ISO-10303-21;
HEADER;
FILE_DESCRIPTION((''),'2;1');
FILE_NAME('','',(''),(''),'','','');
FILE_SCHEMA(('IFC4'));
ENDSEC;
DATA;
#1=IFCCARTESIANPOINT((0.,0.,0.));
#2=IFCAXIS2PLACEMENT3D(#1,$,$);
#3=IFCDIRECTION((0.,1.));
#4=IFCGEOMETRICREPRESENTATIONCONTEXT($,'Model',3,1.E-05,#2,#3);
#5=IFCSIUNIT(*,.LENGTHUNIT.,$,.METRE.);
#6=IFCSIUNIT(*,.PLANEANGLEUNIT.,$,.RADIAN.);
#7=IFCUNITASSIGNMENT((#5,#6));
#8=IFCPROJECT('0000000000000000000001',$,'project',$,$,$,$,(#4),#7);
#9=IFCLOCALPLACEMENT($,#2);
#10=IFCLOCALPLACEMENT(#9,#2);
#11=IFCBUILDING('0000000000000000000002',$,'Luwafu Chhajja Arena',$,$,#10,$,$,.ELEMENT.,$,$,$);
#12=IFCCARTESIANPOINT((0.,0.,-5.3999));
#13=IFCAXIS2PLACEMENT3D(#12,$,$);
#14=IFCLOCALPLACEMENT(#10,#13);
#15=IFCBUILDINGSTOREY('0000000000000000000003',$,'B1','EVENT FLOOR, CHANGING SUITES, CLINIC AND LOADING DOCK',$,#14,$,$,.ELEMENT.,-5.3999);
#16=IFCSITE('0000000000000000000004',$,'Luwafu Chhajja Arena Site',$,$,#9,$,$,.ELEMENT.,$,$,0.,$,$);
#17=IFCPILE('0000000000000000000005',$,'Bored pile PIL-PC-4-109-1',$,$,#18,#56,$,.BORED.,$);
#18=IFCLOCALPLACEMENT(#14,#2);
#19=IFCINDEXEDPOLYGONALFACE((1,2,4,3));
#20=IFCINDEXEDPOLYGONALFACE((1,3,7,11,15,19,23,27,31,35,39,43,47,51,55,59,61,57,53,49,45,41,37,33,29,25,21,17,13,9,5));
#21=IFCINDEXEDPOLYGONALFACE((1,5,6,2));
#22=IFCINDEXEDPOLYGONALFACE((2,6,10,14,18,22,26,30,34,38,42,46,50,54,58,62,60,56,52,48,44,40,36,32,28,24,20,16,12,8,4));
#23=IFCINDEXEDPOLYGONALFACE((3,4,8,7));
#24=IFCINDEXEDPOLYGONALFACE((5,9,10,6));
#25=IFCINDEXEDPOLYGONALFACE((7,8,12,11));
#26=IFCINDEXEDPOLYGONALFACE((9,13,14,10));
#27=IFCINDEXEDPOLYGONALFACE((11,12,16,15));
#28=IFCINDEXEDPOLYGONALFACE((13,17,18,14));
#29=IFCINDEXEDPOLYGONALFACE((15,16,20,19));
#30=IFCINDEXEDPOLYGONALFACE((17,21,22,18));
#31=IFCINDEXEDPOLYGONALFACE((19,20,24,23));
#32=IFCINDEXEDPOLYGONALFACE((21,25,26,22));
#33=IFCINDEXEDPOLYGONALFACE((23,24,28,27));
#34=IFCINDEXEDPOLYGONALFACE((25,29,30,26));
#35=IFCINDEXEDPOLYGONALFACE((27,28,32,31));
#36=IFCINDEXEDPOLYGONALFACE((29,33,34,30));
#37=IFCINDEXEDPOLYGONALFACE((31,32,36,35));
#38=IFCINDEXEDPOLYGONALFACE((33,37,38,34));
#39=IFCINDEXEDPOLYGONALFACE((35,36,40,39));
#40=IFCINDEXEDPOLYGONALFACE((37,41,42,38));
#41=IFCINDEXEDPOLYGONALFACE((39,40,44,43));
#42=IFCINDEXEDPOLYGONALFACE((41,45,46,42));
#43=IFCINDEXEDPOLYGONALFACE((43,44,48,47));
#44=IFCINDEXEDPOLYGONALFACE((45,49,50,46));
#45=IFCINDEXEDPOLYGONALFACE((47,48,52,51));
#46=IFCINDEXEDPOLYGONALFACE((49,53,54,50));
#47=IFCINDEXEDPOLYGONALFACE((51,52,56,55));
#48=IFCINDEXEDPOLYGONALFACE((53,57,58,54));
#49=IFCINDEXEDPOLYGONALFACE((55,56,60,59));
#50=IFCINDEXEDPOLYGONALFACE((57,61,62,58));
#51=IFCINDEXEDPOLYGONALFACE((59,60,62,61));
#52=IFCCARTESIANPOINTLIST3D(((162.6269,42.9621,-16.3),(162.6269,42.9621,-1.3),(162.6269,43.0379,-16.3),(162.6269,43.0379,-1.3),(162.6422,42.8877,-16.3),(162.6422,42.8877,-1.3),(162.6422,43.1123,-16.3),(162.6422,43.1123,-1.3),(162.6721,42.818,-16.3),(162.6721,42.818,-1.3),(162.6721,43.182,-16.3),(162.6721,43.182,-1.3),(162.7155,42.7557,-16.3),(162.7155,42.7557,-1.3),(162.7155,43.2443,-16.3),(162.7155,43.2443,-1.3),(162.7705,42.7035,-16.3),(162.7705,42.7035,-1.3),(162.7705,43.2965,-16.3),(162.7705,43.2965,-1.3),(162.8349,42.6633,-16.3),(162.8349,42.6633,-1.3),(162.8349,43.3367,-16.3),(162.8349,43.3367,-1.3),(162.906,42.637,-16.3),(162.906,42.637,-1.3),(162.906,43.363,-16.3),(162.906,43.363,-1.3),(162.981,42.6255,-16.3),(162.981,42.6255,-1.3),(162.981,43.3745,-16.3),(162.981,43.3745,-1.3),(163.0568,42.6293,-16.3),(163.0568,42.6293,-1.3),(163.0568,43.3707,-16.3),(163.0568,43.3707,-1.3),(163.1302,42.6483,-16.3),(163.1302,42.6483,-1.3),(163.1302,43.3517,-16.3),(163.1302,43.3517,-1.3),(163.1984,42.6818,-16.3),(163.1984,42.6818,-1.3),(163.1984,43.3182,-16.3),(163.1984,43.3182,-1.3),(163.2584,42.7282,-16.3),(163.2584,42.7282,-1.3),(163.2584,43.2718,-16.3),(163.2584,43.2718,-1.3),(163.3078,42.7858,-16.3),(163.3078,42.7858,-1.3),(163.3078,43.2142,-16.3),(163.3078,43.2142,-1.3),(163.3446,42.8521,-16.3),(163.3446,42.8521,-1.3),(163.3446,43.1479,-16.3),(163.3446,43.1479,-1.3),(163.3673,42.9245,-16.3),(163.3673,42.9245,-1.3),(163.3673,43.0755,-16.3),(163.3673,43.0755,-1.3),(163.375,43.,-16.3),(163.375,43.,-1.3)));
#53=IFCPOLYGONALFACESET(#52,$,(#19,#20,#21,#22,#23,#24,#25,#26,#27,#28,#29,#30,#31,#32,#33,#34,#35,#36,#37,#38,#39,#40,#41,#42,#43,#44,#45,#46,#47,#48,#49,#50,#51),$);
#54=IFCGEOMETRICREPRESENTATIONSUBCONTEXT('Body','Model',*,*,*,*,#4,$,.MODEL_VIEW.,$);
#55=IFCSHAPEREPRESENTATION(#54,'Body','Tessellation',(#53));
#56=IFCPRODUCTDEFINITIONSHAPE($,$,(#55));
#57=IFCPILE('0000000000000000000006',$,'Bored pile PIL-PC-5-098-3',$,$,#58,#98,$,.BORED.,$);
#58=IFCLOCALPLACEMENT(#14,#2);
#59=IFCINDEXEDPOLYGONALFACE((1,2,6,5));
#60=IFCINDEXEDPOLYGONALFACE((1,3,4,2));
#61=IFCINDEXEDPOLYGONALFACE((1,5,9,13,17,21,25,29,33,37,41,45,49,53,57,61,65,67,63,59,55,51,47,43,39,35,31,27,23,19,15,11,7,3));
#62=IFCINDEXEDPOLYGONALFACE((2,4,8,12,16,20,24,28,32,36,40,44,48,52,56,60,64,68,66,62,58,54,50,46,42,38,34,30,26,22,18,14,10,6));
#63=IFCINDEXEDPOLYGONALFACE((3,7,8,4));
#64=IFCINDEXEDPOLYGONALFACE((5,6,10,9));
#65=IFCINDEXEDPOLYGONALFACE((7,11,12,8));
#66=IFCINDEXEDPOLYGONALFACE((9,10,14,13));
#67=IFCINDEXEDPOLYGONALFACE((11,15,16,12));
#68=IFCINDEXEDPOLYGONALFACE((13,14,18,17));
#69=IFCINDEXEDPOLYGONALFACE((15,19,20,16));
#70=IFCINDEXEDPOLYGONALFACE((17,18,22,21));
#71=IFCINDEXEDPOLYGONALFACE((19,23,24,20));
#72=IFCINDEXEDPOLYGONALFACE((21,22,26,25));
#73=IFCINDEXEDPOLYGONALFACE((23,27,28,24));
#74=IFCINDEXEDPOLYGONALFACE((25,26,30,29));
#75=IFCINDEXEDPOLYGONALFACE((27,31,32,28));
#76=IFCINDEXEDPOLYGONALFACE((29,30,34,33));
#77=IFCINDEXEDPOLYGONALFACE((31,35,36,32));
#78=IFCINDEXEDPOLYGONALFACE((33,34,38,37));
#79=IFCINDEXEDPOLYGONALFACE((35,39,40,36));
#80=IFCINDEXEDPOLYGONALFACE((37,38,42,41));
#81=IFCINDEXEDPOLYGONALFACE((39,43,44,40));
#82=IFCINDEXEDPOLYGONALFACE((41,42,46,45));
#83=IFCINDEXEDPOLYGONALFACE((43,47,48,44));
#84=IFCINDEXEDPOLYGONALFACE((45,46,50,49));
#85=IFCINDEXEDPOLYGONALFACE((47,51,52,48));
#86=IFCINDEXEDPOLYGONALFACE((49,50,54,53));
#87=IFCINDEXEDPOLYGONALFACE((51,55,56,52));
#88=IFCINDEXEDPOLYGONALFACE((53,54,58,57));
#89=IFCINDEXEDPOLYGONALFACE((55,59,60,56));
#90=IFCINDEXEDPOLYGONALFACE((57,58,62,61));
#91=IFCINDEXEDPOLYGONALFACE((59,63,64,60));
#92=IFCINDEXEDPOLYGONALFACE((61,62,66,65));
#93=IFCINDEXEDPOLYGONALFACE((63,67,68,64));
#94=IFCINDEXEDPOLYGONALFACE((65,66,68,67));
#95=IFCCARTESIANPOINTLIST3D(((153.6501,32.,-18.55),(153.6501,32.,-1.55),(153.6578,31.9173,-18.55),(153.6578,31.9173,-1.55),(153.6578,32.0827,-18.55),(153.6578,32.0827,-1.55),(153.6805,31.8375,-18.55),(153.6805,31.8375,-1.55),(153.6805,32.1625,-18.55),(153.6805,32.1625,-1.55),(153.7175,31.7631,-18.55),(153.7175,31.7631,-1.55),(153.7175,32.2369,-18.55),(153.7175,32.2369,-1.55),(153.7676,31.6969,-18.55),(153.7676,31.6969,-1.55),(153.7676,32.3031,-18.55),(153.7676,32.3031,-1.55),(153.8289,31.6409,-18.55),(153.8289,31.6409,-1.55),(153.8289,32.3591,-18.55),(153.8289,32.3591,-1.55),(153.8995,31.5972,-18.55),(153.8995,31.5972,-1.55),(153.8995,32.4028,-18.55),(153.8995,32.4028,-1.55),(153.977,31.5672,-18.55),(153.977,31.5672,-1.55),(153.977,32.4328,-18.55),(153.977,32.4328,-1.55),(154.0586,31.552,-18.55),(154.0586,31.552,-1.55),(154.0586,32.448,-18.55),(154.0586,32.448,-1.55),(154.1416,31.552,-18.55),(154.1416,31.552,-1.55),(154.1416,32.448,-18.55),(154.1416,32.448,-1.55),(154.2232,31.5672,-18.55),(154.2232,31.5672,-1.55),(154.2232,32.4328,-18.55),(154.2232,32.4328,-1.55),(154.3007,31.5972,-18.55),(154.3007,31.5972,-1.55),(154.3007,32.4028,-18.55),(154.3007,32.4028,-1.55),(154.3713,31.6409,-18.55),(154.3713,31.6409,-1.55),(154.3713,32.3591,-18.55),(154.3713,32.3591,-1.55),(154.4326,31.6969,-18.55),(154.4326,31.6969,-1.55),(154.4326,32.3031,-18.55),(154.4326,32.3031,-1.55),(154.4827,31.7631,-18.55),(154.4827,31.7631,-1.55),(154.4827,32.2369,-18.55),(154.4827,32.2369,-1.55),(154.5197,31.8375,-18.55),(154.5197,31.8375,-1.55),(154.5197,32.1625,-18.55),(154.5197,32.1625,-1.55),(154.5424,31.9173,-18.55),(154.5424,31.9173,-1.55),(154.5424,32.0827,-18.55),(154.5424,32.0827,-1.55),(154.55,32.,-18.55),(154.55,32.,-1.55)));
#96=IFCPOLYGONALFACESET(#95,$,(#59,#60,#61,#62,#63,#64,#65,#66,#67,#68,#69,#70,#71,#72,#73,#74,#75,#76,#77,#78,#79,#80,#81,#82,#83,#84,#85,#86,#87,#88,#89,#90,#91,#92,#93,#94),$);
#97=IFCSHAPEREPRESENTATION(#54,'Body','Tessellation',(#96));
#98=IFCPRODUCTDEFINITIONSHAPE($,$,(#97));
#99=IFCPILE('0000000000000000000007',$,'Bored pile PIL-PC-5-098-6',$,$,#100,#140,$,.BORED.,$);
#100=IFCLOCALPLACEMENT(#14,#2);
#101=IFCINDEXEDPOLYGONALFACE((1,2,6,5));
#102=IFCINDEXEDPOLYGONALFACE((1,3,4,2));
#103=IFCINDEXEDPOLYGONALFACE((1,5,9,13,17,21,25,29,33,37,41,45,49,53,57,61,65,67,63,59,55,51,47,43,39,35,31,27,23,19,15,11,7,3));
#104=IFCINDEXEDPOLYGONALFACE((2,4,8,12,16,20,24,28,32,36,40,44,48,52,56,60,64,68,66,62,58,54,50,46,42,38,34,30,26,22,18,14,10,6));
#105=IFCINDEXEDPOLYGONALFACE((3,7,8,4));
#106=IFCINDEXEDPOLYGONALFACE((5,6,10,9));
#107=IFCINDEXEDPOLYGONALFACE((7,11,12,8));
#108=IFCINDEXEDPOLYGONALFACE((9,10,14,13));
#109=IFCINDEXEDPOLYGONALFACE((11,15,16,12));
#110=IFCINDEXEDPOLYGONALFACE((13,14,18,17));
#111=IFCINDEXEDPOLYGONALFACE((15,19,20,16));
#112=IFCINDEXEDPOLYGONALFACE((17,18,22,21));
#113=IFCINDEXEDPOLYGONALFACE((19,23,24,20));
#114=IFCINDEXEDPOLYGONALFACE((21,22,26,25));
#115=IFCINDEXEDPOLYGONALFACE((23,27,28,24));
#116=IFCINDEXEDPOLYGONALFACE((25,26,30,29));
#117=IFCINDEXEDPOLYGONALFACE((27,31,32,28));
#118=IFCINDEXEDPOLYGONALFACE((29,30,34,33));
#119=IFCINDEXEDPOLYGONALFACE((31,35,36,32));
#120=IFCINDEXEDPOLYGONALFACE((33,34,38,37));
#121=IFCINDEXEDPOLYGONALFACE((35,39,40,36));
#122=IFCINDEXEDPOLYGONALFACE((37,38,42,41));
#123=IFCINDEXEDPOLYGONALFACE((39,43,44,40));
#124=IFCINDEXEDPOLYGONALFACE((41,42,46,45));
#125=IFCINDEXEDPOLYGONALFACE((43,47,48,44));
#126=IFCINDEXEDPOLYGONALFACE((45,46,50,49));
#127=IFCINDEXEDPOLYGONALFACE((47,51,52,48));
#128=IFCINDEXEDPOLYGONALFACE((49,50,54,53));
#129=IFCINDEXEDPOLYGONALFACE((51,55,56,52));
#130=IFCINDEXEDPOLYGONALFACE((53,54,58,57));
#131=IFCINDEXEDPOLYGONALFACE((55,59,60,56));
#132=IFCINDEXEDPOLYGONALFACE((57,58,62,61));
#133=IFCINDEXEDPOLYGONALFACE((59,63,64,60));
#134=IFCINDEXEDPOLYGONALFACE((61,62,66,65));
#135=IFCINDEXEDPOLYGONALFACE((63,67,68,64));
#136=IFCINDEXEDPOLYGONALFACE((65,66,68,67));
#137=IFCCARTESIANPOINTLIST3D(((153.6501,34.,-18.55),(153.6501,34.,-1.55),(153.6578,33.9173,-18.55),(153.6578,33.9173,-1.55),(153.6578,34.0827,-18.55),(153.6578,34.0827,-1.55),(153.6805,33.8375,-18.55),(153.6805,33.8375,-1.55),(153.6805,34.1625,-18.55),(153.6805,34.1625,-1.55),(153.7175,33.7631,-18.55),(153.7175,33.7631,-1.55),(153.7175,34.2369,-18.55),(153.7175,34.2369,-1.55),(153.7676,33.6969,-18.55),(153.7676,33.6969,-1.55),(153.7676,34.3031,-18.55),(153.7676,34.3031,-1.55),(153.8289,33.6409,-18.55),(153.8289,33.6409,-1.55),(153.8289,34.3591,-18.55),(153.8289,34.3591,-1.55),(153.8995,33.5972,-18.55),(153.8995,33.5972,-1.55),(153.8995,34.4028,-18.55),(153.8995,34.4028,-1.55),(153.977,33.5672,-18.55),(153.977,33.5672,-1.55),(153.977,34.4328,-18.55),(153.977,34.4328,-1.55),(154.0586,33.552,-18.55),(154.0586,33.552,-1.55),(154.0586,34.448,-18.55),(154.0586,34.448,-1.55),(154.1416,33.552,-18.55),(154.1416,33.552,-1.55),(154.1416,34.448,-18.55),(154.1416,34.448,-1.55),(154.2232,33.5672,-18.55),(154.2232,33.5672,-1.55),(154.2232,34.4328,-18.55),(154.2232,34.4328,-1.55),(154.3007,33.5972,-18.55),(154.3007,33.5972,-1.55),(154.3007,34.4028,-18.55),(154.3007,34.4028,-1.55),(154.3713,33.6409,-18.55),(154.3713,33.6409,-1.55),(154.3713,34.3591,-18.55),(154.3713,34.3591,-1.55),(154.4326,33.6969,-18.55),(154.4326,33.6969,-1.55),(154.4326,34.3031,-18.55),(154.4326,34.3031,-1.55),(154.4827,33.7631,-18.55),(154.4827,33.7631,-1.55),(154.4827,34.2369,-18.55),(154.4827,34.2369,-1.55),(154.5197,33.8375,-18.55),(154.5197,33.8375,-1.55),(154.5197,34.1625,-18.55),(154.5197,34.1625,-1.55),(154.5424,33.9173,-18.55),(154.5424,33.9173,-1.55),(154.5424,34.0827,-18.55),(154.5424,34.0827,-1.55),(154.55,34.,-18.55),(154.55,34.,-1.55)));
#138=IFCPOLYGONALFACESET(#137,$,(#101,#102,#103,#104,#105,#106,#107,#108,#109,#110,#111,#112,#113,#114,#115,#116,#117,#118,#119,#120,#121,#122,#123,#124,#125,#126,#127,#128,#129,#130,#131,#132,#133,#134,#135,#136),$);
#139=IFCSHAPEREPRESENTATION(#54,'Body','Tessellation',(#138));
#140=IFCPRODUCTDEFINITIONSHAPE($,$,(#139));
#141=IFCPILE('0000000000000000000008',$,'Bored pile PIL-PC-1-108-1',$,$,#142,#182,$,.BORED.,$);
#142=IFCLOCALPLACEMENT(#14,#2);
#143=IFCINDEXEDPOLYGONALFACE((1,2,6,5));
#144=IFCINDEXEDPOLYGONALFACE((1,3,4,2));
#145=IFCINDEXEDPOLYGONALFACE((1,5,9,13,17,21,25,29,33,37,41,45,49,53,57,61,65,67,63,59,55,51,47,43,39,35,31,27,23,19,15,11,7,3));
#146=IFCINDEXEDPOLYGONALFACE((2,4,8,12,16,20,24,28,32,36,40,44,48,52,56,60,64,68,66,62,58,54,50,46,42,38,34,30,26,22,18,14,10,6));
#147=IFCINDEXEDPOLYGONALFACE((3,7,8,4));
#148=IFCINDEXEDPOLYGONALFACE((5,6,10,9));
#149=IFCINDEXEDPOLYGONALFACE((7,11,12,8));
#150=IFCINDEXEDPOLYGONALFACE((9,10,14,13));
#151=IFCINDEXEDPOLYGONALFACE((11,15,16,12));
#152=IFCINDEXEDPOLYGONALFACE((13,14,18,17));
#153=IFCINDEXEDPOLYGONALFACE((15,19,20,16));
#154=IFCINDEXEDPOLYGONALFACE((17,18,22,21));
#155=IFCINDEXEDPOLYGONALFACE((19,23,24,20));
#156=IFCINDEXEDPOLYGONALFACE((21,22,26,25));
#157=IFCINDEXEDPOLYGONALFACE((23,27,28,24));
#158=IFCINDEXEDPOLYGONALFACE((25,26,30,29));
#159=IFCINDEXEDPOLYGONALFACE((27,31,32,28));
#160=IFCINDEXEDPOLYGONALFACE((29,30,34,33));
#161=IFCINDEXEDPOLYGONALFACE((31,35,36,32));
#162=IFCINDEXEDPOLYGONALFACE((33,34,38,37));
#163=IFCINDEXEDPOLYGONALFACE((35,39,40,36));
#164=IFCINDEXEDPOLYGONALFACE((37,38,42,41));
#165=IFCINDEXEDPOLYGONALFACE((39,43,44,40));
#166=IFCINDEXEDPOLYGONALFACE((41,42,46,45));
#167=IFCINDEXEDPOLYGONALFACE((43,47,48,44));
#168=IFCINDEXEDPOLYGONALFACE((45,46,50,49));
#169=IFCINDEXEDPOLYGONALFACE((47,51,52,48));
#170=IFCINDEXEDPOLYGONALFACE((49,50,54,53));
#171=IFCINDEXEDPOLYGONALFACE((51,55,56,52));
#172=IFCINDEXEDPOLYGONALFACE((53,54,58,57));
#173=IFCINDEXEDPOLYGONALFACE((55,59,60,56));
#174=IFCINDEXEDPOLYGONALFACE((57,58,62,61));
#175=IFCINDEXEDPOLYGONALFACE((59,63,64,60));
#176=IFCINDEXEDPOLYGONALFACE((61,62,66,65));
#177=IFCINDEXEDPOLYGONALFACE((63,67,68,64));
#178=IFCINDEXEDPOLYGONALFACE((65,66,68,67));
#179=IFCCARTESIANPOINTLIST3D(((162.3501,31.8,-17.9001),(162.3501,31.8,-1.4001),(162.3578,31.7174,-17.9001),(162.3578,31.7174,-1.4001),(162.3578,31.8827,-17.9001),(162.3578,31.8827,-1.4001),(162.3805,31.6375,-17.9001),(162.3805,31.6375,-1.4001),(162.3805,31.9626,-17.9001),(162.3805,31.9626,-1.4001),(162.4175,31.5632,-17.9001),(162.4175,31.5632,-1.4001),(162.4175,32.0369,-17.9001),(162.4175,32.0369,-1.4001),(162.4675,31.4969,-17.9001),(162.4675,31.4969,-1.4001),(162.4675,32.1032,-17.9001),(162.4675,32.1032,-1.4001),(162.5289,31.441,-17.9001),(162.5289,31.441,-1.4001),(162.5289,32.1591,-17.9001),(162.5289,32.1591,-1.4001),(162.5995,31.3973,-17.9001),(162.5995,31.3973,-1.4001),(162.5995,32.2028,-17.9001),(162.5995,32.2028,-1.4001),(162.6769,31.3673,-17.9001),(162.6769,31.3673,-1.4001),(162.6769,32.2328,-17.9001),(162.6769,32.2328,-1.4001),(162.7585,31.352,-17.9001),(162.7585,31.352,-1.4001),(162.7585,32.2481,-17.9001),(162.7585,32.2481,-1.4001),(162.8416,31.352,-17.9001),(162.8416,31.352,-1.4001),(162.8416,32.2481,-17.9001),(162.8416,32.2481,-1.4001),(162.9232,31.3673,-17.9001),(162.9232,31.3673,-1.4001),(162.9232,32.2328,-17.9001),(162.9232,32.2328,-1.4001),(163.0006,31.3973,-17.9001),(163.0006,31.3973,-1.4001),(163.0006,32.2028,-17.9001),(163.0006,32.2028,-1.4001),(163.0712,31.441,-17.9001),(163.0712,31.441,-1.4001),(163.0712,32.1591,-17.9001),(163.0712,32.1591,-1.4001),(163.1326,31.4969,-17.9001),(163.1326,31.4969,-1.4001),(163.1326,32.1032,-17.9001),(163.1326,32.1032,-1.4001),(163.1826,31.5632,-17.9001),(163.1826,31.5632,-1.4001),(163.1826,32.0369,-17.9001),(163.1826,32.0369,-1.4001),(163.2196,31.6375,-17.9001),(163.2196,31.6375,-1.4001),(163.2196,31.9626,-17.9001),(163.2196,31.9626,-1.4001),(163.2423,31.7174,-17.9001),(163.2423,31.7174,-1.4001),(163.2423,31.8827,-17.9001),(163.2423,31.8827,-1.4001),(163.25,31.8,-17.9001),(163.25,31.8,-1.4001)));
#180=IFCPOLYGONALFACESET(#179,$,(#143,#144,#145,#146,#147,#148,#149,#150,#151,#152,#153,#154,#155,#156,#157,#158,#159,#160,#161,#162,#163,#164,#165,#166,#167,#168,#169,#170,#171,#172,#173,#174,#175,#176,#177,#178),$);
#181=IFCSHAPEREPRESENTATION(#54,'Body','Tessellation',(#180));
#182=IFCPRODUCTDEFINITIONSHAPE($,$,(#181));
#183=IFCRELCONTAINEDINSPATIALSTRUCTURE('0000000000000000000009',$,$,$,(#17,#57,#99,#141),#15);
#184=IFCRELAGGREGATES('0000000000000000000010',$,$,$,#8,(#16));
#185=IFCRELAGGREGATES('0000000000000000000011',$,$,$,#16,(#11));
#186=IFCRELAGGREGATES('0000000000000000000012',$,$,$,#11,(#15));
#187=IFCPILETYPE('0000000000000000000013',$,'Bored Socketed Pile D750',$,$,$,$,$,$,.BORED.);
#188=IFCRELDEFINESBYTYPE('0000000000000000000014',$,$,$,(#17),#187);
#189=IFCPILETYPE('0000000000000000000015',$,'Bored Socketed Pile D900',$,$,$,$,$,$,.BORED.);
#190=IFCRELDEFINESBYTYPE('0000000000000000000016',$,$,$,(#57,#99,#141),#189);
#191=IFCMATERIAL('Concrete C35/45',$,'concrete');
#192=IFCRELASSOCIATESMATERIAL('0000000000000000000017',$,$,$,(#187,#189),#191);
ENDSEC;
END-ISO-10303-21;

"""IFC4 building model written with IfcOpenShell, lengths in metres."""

from ifc_helpers import new_model, si_unit, direction, frame, origin, origin_2d, place, context, subcontext, project, spatial, circle, extrude, material, material_profile, profile_set, type_object, element, save


model = new_model("IFC4")

# Units and contexts
model_context = context("Model", 3, precision=1e-05, world=origin(), true_north=direction((0.0, 1.0)))
body_context = subcontext(model_context, "Body", "Model", "MODEL_VIEW")
ifc_project = project(units=[si_unit("LENGTHUNIT", "METRE"), si_unit("PLANEANGLEUNIT", "RADIAN")], contexts=[model_context])

# Site, building, storey
site_placement = place(None, origin())
site = spatial("IfcSite", under=ifc_project, at=site_placement, Name="Luwafu Chhajja Arena Site", CompositionType="ELEMENT", RefElevation=0.0)
building_placement = place(site_placement, origin())
building = spatial("IfcBuilding", under=site, at=building_placement, Name="Luwafu Chhajja Arena", CompositionType="ELEMENT")
storey_placement = place(building_placement, frame((0.0, 0.0, -5.3999)))
storey = spatial("IfcBuildingStorey", under=building, at=storey_placement, Name="B1", Description="EVENT FLOOR, CHANGING SUITES, CLINIC AND LOADING DOCK", CompositionType="ELEMENT", Elevation=-5.3999)

# Piles
ifc_material_1 = material(Name="Concrete C35/45", Category="concrete")
ifc_material_profile_1 = material_profile(ifc_material_1, circle(Radius=0.375, at=origin_2d()), Name="PILE D750")
ifc_profile_set_1 = profile_set([ifc_material_profile_1], Name="Concrete C35/45")
pile_type_1 = type_object("IfcPileType", Name="Bored Socketed Pile D750", PredefinedType="BORED", material=ifc_profile_set_1)
pile_placement = place(storey_placement, frame((163.0, 43.0, -1.3), z_axis=(0.0, 0.0, -1.0), x_axis=(1.0, 0.0, 0.0)))
element("IfcPile", 1, at=pile_placement, inside=storey, type_object=pile_type_1, Name="Bored pile PIL-PC-4-109-1", PredefinedType="BORED", context=body_context, shape_type="SweptSolid", body=[
    extrude(circle(Radius=0.375, at=origin_2d()), origin(), (0.0, 0.0, 1.0), 15.0),
])
ifc_material_profile_2 = material_profile(ifc_material_1, circle(Radius=0.45, at=origin_2d()), Name="PILE D900")
ifc_profile_set_2 = profile_set([ifc_material_profile_2], Name="Concrete C35/45")
pile_type_2 = type_object("IfcPileType", Name="Bored Socketed Pile D900", PredefinedType="BORED", material=ifc_profile_set_2)
for number, where, z_axis, x_axis, name in (
    (2, (154.1001, 32.0, -1.55), (0.0, 0.0, -1.0), (1.0, 0.0, 0.0), "Bored pile PIL-PC-5-098-3"),
    (3, (154.1001, 34.0, -1.55), (0.0, 0.0, -1.0), (1.0, 0.0, 0.0), "Bored pile PIL-PC-5-098-6"),
):
    element("IfcPile", number, at=place(storey_placement, frame(where, z_axis=z_axis, x_axis=x_axis)), inside=storey, type_object=pile_type_2, Name=name, PredefinedType="BORED", context=body_context, shape_type="SweptSolid", body=[
        extrude(circle(Radius=0.45, at=origin_2d()), origin(), (0.0, 0.0, 1.0), 17.0),
    ])
for number, where, z_axis, x_axis, name in (
    (4, (162.8, 31.8, -1.4001), (0.0, 0.0, -1.0), (1.0, 0.0, 0.0), "Bored pile PIL-PC-1-108-1"),
):
    element("IfcPile", number, at=place(storey_placement, frame(where, z_axis=z_axis, x_axis=x_axis)), inside=storey, type_object=pile_type_2, Name=name, PredefinedType="BORED", context=body_context, shape_type="SweptSolid", body=[
        extrude(circle(Radius=0.45, at=origin_2d()), origin(), (0.0, 0.0, 1.0), 16.5),
    ])

save(model, "model.ifc")
